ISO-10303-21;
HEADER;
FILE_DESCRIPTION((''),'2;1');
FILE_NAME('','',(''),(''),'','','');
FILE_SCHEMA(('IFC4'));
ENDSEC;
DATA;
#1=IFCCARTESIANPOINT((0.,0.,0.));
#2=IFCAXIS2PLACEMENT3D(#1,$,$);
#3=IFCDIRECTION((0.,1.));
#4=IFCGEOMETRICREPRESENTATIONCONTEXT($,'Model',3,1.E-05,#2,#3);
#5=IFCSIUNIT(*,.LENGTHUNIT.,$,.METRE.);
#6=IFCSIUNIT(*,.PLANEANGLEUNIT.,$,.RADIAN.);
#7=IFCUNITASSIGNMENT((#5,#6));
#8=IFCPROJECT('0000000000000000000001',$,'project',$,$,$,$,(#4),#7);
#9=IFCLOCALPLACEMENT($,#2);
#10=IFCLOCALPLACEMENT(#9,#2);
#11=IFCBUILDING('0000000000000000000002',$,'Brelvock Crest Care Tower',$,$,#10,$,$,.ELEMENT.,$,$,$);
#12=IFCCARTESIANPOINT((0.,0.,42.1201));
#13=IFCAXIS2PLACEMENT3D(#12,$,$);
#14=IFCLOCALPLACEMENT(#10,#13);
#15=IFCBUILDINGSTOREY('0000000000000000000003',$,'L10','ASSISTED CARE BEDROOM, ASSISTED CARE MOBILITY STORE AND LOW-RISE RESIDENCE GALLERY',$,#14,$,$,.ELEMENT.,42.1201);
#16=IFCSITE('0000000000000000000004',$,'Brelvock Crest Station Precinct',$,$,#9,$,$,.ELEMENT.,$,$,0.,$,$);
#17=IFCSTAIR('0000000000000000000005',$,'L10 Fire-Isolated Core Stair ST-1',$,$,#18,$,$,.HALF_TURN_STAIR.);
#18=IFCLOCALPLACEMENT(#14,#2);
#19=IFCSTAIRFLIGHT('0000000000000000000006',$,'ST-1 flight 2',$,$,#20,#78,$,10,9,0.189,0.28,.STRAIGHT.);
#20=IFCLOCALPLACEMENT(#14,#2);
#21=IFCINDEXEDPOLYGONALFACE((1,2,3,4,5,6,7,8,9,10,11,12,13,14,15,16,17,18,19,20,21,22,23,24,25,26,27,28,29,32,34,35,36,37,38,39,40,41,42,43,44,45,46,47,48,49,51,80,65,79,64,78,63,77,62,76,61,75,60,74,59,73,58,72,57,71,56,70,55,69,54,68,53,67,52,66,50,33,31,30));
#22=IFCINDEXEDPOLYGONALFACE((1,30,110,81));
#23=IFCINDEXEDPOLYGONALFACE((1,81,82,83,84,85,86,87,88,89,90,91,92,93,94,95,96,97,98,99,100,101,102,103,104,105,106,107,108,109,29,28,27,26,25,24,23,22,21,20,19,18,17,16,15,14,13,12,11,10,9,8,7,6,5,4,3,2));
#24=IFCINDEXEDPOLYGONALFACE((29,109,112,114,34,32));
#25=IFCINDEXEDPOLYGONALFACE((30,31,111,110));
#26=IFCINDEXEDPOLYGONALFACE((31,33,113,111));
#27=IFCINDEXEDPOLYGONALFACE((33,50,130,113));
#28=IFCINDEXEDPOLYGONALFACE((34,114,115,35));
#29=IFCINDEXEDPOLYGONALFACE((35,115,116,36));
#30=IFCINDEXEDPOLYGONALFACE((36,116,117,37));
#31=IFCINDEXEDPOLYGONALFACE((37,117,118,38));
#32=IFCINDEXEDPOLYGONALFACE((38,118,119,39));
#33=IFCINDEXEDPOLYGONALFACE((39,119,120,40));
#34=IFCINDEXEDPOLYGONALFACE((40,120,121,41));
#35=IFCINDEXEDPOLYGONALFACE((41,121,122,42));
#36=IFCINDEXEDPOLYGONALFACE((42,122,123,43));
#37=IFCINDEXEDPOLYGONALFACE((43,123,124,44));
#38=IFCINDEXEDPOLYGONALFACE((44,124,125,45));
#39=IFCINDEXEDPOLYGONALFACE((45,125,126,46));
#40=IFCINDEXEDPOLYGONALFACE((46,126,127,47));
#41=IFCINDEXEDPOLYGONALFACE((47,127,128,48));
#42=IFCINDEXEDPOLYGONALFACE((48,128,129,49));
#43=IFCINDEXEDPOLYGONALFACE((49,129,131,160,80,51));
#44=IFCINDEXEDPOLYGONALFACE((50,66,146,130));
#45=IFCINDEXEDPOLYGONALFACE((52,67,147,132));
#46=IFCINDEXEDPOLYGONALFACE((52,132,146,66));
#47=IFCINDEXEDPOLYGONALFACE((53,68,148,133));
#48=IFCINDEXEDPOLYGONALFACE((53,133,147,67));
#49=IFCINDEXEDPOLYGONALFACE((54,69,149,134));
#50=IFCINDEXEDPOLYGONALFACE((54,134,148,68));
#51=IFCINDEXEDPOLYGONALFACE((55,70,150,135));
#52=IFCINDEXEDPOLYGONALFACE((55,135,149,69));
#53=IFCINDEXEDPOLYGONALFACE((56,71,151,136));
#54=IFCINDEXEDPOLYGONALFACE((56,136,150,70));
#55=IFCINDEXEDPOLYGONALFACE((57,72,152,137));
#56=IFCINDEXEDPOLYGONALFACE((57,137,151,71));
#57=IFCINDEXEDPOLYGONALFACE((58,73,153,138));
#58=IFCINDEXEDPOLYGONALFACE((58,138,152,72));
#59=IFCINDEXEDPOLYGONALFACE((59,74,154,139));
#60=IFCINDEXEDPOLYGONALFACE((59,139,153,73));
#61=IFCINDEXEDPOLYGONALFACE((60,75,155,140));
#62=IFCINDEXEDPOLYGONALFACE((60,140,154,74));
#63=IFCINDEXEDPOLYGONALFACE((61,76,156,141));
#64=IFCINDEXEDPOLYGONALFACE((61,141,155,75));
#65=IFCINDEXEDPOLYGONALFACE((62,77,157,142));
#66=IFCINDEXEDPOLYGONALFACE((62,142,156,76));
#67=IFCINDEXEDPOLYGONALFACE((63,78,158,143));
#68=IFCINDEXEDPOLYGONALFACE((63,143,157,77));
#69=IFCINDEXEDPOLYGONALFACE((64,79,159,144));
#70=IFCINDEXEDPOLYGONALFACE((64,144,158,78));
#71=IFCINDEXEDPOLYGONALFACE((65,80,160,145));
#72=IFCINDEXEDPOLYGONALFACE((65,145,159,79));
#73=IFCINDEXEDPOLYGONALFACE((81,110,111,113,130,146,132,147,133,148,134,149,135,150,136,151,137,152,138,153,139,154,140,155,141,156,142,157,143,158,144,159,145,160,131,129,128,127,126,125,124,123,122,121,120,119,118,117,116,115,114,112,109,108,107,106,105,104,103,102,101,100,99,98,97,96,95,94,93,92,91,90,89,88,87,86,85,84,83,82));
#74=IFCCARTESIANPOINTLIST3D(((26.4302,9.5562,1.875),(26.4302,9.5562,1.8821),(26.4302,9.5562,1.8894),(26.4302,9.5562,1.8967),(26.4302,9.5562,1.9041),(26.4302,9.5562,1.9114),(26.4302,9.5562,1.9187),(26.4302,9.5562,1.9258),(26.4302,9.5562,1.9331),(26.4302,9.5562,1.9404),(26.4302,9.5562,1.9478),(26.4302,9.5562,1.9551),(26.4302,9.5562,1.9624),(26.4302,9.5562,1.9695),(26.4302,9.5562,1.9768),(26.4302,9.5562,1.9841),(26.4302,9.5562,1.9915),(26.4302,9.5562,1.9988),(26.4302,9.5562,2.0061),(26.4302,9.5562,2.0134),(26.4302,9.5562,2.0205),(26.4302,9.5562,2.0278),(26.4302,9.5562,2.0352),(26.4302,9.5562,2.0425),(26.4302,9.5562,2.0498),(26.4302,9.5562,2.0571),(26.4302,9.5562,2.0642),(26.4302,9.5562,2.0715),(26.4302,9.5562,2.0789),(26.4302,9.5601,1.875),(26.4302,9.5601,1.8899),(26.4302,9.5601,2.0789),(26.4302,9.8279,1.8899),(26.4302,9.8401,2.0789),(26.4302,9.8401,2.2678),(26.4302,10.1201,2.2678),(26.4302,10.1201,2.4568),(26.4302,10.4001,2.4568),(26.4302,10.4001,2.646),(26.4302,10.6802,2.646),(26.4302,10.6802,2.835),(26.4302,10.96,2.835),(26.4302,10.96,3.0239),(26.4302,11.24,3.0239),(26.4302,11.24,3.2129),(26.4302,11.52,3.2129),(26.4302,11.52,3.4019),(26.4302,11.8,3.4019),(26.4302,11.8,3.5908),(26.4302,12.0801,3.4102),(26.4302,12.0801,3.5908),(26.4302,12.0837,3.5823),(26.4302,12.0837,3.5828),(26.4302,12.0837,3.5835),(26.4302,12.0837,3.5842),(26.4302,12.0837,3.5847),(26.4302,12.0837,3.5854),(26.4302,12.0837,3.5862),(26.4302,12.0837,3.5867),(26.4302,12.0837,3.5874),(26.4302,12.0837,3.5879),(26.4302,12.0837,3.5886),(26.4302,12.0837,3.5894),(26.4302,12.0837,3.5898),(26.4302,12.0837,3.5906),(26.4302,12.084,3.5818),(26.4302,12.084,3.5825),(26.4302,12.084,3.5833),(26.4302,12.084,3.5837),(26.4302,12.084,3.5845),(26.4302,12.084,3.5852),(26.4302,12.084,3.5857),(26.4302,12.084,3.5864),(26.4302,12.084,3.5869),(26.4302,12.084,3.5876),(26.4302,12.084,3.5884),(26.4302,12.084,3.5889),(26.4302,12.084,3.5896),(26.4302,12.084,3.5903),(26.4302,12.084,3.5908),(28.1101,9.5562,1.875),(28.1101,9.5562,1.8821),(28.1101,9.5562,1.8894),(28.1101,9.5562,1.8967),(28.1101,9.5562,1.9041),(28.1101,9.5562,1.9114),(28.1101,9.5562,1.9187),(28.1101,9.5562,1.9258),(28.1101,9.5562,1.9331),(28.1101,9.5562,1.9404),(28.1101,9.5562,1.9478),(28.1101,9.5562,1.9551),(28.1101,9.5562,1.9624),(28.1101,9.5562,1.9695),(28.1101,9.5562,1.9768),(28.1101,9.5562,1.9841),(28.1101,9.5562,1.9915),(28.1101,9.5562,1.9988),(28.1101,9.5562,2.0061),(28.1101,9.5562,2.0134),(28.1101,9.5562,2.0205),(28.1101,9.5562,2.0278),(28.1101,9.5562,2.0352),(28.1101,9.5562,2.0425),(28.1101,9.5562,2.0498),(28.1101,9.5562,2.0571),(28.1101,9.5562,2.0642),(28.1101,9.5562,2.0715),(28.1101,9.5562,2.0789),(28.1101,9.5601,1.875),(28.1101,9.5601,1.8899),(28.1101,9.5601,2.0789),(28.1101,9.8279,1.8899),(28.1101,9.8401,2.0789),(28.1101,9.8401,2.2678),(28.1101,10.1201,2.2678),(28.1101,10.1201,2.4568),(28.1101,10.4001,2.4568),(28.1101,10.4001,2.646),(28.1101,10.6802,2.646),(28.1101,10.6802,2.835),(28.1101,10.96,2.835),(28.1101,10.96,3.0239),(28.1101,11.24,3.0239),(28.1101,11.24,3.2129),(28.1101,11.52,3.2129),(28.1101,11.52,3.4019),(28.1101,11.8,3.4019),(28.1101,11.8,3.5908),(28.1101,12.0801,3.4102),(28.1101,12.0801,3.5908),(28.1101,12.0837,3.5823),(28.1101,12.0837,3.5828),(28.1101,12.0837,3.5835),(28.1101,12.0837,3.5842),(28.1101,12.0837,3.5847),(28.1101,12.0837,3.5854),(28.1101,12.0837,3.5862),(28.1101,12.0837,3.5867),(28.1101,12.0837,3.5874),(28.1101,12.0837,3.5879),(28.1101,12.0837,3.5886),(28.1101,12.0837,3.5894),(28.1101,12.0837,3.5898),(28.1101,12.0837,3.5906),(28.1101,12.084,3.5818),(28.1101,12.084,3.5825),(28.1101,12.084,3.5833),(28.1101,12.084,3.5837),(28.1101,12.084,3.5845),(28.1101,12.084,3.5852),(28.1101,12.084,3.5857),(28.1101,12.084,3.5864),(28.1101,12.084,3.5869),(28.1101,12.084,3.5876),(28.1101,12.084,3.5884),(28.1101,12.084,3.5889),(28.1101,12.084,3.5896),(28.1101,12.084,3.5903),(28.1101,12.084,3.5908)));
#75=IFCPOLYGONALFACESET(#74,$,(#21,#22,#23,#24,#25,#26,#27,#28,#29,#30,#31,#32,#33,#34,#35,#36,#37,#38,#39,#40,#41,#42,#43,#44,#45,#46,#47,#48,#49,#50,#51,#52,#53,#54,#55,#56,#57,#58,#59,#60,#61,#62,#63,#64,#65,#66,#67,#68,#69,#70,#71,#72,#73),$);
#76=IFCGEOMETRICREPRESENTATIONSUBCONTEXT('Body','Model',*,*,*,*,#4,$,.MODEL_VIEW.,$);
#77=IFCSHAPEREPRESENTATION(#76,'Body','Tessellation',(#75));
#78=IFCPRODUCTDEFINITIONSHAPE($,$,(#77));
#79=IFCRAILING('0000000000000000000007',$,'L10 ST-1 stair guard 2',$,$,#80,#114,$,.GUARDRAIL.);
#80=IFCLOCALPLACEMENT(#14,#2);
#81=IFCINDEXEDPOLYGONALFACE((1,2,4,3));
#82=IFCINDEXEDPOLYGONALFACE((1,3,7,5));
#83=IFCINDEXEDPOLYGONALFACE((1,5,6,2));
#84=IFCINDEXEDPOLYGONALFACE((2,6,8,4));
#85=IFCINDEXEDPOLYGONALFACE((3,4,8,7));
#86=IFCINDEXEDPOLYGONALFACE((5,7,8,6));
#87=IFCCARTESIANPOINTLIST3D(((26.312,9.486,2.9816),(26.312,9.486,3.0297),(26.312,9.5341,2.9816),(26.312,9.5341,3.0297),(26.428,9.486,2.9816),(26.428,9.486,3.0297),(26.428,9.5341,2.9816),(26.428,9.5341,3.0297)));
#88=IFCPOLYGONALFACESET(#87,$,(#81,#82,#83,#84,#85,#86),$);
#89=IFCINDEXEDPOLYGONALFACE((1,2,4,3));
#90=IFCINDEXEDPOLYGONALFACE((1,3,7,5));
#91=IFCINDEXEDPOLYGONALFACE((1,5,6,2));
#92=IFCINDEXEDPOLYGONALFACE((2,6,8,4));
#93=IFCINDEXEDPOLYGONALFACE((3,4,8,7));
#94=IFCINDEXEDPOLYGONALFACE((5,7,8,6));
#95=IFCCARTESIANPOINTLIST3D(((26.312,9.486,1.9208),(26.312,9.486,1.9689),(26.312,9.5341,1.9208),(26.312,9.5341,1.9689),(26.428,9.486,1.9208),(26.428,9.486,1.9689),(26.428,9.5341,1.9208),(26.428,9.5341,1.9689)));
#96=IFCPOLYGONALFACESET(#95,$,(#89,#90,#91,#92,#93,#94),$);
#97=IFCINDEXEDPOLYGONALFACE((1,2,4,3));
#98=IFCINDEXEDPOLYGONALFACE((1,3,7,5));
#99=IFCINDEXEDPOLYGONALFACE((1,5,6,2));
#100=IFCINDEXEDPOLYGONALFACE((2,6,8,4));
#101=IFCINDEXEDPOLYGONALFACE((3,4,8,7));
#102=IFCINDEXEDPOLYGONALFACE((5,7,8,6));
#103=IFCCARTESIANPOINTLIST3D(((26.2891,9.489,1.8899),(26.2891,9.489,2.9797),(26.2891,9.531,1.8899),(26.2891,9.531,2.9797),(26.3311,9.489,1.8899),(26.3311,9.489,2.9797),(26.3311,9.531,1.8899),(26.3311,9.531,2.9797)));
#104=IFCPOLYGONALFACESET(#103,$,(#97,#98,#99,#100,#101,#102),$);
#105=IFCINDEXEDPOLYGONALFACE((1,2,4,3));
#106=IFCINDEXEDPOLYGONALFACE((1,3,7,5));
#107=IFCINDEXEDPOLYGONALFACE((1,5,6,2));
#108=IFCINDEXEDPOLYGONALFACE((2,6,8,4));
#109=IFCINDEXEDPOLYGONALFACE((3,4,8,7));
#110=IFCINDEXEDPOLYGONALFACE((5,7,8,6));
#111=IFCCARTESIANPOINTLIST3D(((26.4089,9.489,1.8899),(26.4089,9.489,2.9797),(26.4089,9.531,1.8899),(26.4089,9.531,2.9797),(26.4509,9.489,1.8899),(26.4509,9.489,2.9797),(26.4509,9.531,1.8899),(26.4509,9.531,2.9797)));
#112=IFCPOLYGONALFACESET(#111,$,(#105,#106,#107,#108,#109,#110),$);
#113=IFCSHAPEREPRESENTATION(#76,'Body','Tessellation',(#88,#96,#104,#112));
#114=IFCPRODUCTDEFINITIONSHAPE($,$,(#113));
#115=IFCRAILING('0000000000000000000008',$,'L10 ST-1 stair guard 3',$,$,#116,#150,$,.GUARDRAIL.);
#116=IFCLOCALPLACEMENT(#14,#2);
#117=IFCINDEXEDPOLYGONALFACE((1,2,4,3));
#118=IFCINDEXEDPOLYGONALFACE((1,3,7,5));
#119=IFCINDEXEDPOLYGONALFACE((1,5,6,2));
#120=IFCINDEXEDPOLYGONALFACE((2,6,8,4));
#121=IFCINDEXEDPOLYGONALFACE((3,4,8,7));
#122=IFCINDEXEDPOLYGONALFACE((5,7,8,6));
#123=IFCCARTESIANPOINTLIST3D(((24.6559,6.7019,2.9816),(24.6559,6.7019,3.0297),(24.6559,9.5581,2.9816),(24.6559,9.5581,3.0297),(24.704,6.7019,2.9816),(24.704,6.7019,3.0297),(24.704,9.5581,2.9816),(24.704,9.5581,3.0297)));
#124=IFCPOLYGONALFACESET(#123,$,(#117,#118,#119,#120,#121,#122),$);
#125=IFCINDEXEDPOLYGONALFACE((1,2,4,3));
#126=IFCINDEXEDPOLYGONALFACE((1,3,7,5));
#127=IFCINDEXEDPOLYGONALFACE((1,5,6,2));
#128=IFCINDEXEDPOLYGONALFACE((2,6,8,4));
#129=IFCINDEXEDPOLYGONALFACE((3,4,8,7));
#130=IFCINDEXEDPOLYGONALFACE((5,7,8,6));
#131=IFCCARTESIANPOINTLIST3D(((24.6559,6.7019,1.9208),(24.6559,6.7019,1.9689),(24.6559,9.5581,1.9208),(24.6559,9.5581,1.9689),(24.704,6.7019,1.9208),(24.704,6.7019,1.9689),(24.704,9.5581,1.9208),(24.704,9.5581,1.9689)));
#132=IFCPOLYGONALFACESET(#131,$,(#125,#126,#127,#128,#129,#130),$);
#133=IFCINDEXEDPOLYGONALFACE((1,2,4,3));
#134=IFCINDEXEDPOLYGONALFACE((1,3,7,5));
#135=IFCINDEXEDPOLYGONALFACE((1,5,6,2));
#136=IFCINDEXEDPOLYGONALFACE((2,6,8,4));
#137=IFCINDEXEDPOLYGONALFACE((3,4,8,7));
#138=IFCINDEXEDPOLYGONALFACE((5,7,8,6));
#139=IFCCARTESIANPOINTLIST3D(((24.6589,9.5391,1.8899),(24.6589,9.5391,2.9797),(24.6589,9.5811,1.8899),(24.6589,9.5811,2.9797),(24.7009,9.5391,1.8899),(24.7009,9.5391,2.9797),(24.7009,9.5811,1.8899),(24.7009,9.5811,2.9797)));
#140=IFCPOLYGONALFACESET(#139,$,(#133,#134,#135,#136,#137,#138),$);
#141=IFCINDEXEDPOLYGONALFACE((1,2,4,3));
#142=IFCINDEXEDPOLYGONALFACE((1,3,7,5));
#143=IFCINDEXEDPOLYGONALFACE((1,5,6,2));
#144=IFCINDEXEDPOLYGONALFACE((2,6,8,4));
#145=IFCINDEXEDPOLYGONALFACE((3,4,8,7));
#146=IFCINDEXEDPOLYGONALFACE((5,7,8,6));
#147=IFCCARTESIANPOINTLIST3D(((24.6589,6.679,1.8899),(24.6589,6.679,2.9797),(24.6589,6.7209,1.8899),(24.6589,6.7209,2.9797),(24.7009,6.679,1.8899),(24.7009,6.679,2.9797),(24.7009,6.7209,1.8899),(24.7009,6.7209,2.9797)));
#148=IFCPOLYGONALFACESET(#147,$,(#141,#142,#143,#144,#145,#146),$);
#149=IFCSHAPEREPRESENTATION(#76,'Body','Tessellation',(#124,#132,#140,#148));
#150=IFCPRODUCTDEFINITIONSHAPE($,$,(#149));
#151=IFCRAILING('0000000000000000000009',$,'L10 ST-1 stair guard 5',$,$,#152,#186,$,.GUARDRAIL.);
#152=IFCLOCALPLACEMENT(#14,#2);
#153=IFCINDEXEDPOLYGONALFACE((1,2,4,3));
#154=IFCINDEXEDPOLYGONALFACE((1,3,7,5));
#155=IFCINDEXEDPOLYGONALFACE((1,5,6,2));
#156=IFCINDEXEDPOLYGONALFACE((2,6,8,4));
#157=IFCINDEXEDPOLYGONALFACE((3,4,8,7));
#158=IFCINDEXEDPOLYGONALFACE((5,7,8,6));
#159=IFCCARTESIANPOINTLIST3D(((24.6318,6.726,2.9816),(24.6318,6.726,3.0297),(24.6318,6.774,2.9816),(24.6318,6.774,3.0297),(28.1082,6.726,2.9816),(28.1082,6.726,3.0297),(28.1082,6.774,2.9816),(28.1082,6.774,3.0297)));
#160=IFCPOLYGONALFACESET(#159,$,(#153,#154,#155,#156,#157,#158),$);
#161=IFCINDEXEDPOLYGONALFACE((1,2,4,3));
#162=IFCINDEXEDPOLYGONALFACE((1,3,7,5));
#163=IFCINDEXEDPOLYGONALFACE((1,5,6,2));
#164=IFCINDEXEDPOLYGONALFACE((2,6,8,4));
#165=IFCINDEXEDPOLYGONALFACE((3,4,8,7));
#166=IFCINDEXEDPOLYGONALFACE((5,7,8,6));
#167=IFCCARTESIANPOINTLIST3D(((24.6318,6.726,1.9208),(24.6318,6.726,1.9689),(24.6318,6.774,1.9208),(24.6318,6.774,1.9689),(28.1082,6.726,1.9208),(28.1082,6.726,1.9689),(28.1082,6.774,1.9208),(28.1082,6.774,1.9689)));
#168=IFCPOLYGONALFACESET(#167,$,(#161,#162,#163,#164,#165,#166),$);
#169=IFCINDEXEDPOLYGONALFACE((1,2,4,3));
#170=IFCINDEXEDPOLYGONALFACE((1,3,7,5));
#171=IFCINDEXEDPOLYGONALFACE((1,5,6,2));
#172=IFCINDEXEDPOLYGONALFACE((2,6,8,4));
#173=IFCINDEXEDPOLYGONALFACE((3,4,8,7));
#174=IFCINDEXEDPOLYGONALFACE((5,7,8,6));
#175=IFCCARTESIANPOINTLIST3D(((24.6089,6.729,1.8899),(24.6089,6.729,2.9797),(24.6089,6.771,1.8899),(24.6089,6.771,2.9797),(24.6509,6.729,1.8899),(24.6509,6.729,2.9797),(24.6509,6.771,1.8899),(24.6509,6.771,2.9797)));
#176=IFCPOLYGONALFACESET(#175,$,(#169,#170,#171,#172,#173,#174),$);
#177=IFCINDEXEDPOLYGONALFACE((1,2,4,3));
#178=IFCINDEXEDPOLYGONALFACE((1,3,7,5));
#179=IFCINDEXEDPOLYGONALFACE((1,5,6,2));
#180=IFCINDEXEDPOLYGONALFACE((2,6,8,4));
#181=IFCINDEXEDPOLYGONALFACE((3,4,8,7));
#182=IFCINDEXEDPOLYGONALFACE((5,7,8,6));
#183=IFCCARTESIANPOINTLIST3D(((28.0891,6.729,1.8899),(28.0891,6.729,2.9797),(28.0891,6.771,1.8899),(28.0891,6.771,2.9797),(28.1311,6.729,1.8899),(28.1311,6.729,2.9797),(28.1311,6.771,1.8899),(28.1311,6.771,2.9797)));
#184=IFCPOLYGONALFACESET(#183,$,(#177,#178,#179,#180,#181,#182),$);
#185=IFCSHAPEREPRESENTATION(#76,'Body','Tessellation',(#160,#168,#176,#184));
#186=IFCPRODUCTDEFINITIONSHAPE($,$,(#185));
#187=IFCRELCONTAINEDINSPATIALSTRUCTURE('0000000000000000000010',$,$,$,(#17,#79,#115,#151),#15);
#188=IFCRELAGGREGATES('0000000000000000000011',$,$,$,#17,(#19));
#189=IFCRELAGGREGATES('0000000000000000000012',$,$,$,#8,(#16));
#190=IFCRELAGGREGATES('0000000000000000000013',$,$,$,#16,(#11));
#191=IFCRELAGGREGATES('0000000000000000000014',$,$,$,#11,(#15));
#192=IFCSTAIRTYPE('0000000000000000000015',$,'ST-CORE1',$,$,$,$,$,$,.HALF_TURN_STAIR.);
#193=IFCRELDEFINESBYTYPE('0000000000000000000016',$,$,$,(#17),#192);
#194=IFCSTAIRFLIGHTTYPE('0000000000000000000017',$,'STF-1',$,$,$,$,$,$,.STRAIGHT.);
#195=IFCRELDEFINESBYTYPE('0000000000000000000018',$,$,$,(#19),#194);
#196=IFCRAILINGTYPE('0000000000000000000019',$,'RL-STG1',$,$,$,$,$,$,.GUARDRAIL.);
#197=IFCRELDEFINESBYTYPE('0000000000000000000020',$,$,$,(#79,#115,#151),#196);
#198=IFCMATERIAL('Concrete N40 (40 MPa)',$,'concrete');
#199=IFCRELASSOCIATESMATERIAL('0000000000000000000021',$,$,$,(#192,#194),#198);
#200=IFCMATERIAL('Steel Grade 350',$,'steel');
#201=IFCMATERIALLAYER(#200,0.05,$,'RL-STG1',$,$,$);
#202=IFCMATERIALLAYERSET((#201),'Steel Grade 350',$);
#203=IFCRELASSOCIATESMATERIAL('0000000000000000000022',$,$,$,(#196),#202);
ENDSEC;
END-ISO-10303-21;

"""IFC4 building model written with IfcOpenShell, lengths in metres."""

from ifc_helpers import new_model, si_unit, direction, frame, origin, origin_2d, place, context, subcontext, project, spatial, polyline, rectangle, outline, extrude, material, layer, layer_set, type_object, element, aggregate, save


model = new_model("IFC4")

# Units and contexts
model_context = context("Model", 3, precision=1e-05, world=origin(), true_north=direction((0.0, 1.0)))
body_context = subcontext(model_context, "Body", "Model", "MODEL_VIEW")
ifc_project = project(units=[si_unit("LENGTHUNIT", "METRE"), si_unit("PLANEANGLEUNIT", "RADIAN")], contexts=[model_context])

# Site, building, storey
site_placement = place(None, origin())
site = spatial("IfcSite", under=ifc_project, at=site_placement, Name="Brelvock Crest Station Precinct", CompositionType="ELEMENT", RefElevation=0.0)
building_placement = place(site_placement, origin())
building = spatial("IfcBuilding", under=site, at=building_placement, Name="Brelvock Crest Care Tower", CompositionType="ELEMENT")
storey_placement = place(building_placement, frame((0.0, 0.0, 42.1201)))
storey = spatial("IfcBuildingStorey", under=building, at=storey_placement, Name="L10", Description="ASSISTED CARE BEDROOM, ASSISTED CARE MOBILITY STORE AND LOW-RISE RESIDENCE GALLERY", CompositionType="ELEMENT", Elevation=42.1201)

# Shared definitions
ifc_material_1 = material(Name="Steel Grade 350", Category="steel")

# Stair, stair flight
ifc_material_2 = material(Name="Concrete N40 (40 MPa)", Category="concrete")
stair_type = type_object("IfcStairType", Name="ST-CORE1", PredefinedType="HALF_TURN_STAIR", material=ifc_material_2)
stair_placement = place(storey_placement, origin())
stair = element("IfcStair", 1, at=stair_placement, inside=storey, type_object=stair_type, Name="L10 Fire-Isolated Core Stair ST-1", PredefinedType="HALF_TURN_STAIR")
stair_flight_type = type_object("IfcStairFlightType", Name="STF-1", PredefinedType="STRAIGHT", material=ifc_material_2)
stair_flight_placement = place(storey_placement, frame((27.27, 9.5601, 1.8899), z_axis=(0.0, 0.0, 1.0), x_axis=(0.0, 1.0, 0.0)))
stair_flight = element("IfcStairFlight", 2, at=stair_flight_placement, type_object=stair_flight_type, Name="ST-1 flight 2", NumberOfRisers=10, NumberOfTreads=9, PredefinedType="STRAIGHT", RiserHeight=0.189, TreadLength=0.28, context=body_context, shape_type="SweptSolid", body=[
    extrude(outline(polyline([(-0.0039, -0.0149), (-0.0039, -0.0078), (-0.0039, -0.0005), (-0.0039, 0.0068), (-0.0039, 0.0142), (-0.0039, 0.0215), (-0.0039, 0.0288), (-0.0039, 0.0359), (-0.0039, 0.0432), (-0.0039, 0.0505), (-0.0039, 0.0579), (-0.0039, 0.0652), (-0.0039, 0.0725), (-0.0039, 0.0796), (-0.0039, 0.0869), (-0.0039, 0.0942), (-0.0039, 0.1016), (-0.0039, 0.1089), (-0.0039, 0.1162), (-0.0039, 0.1235), (-0.0039, 0.1306), (-0.0039, 0.1379), (-0.0039, 0.1453), (-0.0039, 0.1526), (-0.0039, 0.1599), (-0.0039, 0.1672), (-0.0039, 0.1743), (-0.0039, 0.1816), (-0.0039, 0.189), (0.0, 0.189), (0.28, 0.189), (0.28, 0.3779), (0.5601, 0.3779), (0.5601, 0.5669), (0.8401, 0.5669), (0.8401, 0.7561), (1.1201, 0.7561), (1.1201, 0.9451), (1.3999, 0.9451), (1.3999, 1.134), (1.6799, 1.134), (1.6799, 1.323), (1.96, 1.323), (1.96, 1.512), (2.24, 1.512), (2.24, 1.7009), (2.52, 1.7009), (2.5239, 1.7009), (2.5237, 1.7007), (2.5239, 1.7004), (2.5237, 1.7), (2.5239, 1.6997), (2.5237, 1.6995), (2.5239, 1.699), (2.5237, 1.6987), (2.5239, 1.6985), (2.5237, 1.698), (2.5239, 1.6978), (2.5237, 1.6975), (2.5239, 1.697), (2.5237, 1.6968), (2.5239, 1.6965), (2.5237, 1.6963), (2.5239, 1.6958), (2.5237, 1.6956), (2.5239, 1.6953), (2.5237, 1.6948), (2.5239, 1.6946), (2.5237, 1.6943), (2.5239, 1.6938), (2.5237, 1.6936), (2.5239, 1.6934), (2.5237, 1.6929), (2.5239, 1.6926), (2.5237, 1.6924), (2.5239, 1.6919), (2.52, 1.5203), (0.2678, 0.0), (0.0, 0.0), (0.0, -0.0149), (-0.0039, -0.0149)])), frame((0.0, 0.8398, 0.0), z_axis=(0.0, -1.0, 0.0), x_axis=(1.0, 0.0, 0.0)), (0.0, 0.0, 1.0), 1.6799),
])
aggregate(stair, [stair_flight])

# Railings
ifc_layer_1 = layer(ifc_material_1, 0.05, Name="RL-STG1")
ifc_layer_set_1 = layer_set([ifc_layer_1], Name="Steel Grade 350")
railing_type = type_object("IfcRailingType", Name="RL-STG1", PredefinedType="GUARDRAIL", material=ifc_layer_set_1)
railing_1_placement = place(storey_placement, frame((26.3101, 9.51, 1.8899)))
element("IfcRailing", 3, at=railing_1_placement, inside=storey, type_object=railing_type, Name="L10 ST-1 stair guard 2", PredefinedType="GUARDRAIL", context=body_context, shape_type="SweptSolid", body=[
    extrude(rectangle(XDim=0.0481, YDim=0.0481, at=origin_2d()), frame((0.002, 0.0, 1.1157), z_axis=(1.0, 0.0, 0.0), x_axis=(0.0, 1.0, 0.0)), (0.0, 0.0, 1.0), 0.116),
    extrude(rectangle(XDim=0.0481, YDim=0.0481, at=origin_2d()), frame((0.002, 0.0, 0.0549), z_axis=(1.0, 0.0, 0.0), x_axis=(0.0, 1.0, 0.0)), (0.0, 0.0, 1.0), 0.116),
    extrude(rectangle(XDim=0.042, YDim=0.042, at=origin_2d()), origin(), (0.0, 0.0, 1.0), 1.0898),
    extrude(rectangle(XDim=0.042, YDim=0.042, at=origin_2d()), frame((0.1199, 0.0, 0.0)), (0.0, 0.0, 1.0), 1.0898),
])
railing_2_placement = place(storey_placement, frame((24.6799, 9.5601, 1.8899)))
element("IfcRailing", 4, at=railing_2_placement, inside=storey, type_object=railing_type, Name="L10 ST-1 stair guard 3", PredefinedType="GUARDRAIL", context=body_context, shape_type="SweptSolid", body=[
    extrude(rectangle(XDim=0.0481, YDim=0.0481, at=origin_2d()), frame((0.0, -0.002, 1.1157), z_axis=(0.0, -1.0, 0.0), x_axis=(1.0, 0.0, 0.0)), (0.0, 0.0, 1.0), 2.8562),
    extrude(rectangle(XDim=0.0481, YDim=0.0481, at=origin_2d()), frame((0.0, -0.002, 0.0549), z_axis=(0.0, -1.0, 0.0), x_axis=(1.0, 0.0, 0.0)), (0.0, 0.0, 1.0), 2.8562),
    extrude(rectangle(XDim=0.042, YDim=0.042, at=origin_2d()), origin(), (0.0, 0.0, 1.0), 1.0898),
    extrude(rectangle(XDim=0.042, YDim=0.042, at=origin_2d()), frame((0.0, -2.8601, 0.0)), (0.0, 0.0, 1.0), 1.0898),
])
railing_3_placement = place(storey_placement, frame((24.6299, 6.75, 1.8899)))
element("IfcRailing", 5, at=railing_3_placement, inside=storey, type_object=railing_type, Name="L10 ST-1 stair guard 5", PredefinedType="GUARDRAIL", context=body_context, shape_type="SweptSolid", body=[
    extrude(rectangle(XDim=0.0481, YDim=0.0481, at=origin_2d()), frame((0.002, 0.0, 1.1157), z_axis=(1.0, 0.0, 0.0), x_axis=(0.0, 1.0, 0.0)), (0.0, 0.0, 1.0), 3.4763),
    extrude(rectangle(XDim=0.0481, YDim=0.0481, at=origin_2d()), frame((0.002, 0.0, 0.0549), z_axis=(1.0, 0.0, 0.0), x_axis=(0.0, 1.0, 0.0)), (0.0, 0.0, 1.0), 3.4763),
    extrude(rectangle(XDim=0.042, YDim=0.042, at=origin_2d()), origin(), (0.0, 0.0, 1.0), 1.0898),
    extrude(rectangle(XDim=0.042, YDim=0.042, at=origin_2d()), frame((3.4802, 0.0, 0.0)), (0.0, 0.0, 1.0), 1.0898),
])

save(model, "model.ifc")
